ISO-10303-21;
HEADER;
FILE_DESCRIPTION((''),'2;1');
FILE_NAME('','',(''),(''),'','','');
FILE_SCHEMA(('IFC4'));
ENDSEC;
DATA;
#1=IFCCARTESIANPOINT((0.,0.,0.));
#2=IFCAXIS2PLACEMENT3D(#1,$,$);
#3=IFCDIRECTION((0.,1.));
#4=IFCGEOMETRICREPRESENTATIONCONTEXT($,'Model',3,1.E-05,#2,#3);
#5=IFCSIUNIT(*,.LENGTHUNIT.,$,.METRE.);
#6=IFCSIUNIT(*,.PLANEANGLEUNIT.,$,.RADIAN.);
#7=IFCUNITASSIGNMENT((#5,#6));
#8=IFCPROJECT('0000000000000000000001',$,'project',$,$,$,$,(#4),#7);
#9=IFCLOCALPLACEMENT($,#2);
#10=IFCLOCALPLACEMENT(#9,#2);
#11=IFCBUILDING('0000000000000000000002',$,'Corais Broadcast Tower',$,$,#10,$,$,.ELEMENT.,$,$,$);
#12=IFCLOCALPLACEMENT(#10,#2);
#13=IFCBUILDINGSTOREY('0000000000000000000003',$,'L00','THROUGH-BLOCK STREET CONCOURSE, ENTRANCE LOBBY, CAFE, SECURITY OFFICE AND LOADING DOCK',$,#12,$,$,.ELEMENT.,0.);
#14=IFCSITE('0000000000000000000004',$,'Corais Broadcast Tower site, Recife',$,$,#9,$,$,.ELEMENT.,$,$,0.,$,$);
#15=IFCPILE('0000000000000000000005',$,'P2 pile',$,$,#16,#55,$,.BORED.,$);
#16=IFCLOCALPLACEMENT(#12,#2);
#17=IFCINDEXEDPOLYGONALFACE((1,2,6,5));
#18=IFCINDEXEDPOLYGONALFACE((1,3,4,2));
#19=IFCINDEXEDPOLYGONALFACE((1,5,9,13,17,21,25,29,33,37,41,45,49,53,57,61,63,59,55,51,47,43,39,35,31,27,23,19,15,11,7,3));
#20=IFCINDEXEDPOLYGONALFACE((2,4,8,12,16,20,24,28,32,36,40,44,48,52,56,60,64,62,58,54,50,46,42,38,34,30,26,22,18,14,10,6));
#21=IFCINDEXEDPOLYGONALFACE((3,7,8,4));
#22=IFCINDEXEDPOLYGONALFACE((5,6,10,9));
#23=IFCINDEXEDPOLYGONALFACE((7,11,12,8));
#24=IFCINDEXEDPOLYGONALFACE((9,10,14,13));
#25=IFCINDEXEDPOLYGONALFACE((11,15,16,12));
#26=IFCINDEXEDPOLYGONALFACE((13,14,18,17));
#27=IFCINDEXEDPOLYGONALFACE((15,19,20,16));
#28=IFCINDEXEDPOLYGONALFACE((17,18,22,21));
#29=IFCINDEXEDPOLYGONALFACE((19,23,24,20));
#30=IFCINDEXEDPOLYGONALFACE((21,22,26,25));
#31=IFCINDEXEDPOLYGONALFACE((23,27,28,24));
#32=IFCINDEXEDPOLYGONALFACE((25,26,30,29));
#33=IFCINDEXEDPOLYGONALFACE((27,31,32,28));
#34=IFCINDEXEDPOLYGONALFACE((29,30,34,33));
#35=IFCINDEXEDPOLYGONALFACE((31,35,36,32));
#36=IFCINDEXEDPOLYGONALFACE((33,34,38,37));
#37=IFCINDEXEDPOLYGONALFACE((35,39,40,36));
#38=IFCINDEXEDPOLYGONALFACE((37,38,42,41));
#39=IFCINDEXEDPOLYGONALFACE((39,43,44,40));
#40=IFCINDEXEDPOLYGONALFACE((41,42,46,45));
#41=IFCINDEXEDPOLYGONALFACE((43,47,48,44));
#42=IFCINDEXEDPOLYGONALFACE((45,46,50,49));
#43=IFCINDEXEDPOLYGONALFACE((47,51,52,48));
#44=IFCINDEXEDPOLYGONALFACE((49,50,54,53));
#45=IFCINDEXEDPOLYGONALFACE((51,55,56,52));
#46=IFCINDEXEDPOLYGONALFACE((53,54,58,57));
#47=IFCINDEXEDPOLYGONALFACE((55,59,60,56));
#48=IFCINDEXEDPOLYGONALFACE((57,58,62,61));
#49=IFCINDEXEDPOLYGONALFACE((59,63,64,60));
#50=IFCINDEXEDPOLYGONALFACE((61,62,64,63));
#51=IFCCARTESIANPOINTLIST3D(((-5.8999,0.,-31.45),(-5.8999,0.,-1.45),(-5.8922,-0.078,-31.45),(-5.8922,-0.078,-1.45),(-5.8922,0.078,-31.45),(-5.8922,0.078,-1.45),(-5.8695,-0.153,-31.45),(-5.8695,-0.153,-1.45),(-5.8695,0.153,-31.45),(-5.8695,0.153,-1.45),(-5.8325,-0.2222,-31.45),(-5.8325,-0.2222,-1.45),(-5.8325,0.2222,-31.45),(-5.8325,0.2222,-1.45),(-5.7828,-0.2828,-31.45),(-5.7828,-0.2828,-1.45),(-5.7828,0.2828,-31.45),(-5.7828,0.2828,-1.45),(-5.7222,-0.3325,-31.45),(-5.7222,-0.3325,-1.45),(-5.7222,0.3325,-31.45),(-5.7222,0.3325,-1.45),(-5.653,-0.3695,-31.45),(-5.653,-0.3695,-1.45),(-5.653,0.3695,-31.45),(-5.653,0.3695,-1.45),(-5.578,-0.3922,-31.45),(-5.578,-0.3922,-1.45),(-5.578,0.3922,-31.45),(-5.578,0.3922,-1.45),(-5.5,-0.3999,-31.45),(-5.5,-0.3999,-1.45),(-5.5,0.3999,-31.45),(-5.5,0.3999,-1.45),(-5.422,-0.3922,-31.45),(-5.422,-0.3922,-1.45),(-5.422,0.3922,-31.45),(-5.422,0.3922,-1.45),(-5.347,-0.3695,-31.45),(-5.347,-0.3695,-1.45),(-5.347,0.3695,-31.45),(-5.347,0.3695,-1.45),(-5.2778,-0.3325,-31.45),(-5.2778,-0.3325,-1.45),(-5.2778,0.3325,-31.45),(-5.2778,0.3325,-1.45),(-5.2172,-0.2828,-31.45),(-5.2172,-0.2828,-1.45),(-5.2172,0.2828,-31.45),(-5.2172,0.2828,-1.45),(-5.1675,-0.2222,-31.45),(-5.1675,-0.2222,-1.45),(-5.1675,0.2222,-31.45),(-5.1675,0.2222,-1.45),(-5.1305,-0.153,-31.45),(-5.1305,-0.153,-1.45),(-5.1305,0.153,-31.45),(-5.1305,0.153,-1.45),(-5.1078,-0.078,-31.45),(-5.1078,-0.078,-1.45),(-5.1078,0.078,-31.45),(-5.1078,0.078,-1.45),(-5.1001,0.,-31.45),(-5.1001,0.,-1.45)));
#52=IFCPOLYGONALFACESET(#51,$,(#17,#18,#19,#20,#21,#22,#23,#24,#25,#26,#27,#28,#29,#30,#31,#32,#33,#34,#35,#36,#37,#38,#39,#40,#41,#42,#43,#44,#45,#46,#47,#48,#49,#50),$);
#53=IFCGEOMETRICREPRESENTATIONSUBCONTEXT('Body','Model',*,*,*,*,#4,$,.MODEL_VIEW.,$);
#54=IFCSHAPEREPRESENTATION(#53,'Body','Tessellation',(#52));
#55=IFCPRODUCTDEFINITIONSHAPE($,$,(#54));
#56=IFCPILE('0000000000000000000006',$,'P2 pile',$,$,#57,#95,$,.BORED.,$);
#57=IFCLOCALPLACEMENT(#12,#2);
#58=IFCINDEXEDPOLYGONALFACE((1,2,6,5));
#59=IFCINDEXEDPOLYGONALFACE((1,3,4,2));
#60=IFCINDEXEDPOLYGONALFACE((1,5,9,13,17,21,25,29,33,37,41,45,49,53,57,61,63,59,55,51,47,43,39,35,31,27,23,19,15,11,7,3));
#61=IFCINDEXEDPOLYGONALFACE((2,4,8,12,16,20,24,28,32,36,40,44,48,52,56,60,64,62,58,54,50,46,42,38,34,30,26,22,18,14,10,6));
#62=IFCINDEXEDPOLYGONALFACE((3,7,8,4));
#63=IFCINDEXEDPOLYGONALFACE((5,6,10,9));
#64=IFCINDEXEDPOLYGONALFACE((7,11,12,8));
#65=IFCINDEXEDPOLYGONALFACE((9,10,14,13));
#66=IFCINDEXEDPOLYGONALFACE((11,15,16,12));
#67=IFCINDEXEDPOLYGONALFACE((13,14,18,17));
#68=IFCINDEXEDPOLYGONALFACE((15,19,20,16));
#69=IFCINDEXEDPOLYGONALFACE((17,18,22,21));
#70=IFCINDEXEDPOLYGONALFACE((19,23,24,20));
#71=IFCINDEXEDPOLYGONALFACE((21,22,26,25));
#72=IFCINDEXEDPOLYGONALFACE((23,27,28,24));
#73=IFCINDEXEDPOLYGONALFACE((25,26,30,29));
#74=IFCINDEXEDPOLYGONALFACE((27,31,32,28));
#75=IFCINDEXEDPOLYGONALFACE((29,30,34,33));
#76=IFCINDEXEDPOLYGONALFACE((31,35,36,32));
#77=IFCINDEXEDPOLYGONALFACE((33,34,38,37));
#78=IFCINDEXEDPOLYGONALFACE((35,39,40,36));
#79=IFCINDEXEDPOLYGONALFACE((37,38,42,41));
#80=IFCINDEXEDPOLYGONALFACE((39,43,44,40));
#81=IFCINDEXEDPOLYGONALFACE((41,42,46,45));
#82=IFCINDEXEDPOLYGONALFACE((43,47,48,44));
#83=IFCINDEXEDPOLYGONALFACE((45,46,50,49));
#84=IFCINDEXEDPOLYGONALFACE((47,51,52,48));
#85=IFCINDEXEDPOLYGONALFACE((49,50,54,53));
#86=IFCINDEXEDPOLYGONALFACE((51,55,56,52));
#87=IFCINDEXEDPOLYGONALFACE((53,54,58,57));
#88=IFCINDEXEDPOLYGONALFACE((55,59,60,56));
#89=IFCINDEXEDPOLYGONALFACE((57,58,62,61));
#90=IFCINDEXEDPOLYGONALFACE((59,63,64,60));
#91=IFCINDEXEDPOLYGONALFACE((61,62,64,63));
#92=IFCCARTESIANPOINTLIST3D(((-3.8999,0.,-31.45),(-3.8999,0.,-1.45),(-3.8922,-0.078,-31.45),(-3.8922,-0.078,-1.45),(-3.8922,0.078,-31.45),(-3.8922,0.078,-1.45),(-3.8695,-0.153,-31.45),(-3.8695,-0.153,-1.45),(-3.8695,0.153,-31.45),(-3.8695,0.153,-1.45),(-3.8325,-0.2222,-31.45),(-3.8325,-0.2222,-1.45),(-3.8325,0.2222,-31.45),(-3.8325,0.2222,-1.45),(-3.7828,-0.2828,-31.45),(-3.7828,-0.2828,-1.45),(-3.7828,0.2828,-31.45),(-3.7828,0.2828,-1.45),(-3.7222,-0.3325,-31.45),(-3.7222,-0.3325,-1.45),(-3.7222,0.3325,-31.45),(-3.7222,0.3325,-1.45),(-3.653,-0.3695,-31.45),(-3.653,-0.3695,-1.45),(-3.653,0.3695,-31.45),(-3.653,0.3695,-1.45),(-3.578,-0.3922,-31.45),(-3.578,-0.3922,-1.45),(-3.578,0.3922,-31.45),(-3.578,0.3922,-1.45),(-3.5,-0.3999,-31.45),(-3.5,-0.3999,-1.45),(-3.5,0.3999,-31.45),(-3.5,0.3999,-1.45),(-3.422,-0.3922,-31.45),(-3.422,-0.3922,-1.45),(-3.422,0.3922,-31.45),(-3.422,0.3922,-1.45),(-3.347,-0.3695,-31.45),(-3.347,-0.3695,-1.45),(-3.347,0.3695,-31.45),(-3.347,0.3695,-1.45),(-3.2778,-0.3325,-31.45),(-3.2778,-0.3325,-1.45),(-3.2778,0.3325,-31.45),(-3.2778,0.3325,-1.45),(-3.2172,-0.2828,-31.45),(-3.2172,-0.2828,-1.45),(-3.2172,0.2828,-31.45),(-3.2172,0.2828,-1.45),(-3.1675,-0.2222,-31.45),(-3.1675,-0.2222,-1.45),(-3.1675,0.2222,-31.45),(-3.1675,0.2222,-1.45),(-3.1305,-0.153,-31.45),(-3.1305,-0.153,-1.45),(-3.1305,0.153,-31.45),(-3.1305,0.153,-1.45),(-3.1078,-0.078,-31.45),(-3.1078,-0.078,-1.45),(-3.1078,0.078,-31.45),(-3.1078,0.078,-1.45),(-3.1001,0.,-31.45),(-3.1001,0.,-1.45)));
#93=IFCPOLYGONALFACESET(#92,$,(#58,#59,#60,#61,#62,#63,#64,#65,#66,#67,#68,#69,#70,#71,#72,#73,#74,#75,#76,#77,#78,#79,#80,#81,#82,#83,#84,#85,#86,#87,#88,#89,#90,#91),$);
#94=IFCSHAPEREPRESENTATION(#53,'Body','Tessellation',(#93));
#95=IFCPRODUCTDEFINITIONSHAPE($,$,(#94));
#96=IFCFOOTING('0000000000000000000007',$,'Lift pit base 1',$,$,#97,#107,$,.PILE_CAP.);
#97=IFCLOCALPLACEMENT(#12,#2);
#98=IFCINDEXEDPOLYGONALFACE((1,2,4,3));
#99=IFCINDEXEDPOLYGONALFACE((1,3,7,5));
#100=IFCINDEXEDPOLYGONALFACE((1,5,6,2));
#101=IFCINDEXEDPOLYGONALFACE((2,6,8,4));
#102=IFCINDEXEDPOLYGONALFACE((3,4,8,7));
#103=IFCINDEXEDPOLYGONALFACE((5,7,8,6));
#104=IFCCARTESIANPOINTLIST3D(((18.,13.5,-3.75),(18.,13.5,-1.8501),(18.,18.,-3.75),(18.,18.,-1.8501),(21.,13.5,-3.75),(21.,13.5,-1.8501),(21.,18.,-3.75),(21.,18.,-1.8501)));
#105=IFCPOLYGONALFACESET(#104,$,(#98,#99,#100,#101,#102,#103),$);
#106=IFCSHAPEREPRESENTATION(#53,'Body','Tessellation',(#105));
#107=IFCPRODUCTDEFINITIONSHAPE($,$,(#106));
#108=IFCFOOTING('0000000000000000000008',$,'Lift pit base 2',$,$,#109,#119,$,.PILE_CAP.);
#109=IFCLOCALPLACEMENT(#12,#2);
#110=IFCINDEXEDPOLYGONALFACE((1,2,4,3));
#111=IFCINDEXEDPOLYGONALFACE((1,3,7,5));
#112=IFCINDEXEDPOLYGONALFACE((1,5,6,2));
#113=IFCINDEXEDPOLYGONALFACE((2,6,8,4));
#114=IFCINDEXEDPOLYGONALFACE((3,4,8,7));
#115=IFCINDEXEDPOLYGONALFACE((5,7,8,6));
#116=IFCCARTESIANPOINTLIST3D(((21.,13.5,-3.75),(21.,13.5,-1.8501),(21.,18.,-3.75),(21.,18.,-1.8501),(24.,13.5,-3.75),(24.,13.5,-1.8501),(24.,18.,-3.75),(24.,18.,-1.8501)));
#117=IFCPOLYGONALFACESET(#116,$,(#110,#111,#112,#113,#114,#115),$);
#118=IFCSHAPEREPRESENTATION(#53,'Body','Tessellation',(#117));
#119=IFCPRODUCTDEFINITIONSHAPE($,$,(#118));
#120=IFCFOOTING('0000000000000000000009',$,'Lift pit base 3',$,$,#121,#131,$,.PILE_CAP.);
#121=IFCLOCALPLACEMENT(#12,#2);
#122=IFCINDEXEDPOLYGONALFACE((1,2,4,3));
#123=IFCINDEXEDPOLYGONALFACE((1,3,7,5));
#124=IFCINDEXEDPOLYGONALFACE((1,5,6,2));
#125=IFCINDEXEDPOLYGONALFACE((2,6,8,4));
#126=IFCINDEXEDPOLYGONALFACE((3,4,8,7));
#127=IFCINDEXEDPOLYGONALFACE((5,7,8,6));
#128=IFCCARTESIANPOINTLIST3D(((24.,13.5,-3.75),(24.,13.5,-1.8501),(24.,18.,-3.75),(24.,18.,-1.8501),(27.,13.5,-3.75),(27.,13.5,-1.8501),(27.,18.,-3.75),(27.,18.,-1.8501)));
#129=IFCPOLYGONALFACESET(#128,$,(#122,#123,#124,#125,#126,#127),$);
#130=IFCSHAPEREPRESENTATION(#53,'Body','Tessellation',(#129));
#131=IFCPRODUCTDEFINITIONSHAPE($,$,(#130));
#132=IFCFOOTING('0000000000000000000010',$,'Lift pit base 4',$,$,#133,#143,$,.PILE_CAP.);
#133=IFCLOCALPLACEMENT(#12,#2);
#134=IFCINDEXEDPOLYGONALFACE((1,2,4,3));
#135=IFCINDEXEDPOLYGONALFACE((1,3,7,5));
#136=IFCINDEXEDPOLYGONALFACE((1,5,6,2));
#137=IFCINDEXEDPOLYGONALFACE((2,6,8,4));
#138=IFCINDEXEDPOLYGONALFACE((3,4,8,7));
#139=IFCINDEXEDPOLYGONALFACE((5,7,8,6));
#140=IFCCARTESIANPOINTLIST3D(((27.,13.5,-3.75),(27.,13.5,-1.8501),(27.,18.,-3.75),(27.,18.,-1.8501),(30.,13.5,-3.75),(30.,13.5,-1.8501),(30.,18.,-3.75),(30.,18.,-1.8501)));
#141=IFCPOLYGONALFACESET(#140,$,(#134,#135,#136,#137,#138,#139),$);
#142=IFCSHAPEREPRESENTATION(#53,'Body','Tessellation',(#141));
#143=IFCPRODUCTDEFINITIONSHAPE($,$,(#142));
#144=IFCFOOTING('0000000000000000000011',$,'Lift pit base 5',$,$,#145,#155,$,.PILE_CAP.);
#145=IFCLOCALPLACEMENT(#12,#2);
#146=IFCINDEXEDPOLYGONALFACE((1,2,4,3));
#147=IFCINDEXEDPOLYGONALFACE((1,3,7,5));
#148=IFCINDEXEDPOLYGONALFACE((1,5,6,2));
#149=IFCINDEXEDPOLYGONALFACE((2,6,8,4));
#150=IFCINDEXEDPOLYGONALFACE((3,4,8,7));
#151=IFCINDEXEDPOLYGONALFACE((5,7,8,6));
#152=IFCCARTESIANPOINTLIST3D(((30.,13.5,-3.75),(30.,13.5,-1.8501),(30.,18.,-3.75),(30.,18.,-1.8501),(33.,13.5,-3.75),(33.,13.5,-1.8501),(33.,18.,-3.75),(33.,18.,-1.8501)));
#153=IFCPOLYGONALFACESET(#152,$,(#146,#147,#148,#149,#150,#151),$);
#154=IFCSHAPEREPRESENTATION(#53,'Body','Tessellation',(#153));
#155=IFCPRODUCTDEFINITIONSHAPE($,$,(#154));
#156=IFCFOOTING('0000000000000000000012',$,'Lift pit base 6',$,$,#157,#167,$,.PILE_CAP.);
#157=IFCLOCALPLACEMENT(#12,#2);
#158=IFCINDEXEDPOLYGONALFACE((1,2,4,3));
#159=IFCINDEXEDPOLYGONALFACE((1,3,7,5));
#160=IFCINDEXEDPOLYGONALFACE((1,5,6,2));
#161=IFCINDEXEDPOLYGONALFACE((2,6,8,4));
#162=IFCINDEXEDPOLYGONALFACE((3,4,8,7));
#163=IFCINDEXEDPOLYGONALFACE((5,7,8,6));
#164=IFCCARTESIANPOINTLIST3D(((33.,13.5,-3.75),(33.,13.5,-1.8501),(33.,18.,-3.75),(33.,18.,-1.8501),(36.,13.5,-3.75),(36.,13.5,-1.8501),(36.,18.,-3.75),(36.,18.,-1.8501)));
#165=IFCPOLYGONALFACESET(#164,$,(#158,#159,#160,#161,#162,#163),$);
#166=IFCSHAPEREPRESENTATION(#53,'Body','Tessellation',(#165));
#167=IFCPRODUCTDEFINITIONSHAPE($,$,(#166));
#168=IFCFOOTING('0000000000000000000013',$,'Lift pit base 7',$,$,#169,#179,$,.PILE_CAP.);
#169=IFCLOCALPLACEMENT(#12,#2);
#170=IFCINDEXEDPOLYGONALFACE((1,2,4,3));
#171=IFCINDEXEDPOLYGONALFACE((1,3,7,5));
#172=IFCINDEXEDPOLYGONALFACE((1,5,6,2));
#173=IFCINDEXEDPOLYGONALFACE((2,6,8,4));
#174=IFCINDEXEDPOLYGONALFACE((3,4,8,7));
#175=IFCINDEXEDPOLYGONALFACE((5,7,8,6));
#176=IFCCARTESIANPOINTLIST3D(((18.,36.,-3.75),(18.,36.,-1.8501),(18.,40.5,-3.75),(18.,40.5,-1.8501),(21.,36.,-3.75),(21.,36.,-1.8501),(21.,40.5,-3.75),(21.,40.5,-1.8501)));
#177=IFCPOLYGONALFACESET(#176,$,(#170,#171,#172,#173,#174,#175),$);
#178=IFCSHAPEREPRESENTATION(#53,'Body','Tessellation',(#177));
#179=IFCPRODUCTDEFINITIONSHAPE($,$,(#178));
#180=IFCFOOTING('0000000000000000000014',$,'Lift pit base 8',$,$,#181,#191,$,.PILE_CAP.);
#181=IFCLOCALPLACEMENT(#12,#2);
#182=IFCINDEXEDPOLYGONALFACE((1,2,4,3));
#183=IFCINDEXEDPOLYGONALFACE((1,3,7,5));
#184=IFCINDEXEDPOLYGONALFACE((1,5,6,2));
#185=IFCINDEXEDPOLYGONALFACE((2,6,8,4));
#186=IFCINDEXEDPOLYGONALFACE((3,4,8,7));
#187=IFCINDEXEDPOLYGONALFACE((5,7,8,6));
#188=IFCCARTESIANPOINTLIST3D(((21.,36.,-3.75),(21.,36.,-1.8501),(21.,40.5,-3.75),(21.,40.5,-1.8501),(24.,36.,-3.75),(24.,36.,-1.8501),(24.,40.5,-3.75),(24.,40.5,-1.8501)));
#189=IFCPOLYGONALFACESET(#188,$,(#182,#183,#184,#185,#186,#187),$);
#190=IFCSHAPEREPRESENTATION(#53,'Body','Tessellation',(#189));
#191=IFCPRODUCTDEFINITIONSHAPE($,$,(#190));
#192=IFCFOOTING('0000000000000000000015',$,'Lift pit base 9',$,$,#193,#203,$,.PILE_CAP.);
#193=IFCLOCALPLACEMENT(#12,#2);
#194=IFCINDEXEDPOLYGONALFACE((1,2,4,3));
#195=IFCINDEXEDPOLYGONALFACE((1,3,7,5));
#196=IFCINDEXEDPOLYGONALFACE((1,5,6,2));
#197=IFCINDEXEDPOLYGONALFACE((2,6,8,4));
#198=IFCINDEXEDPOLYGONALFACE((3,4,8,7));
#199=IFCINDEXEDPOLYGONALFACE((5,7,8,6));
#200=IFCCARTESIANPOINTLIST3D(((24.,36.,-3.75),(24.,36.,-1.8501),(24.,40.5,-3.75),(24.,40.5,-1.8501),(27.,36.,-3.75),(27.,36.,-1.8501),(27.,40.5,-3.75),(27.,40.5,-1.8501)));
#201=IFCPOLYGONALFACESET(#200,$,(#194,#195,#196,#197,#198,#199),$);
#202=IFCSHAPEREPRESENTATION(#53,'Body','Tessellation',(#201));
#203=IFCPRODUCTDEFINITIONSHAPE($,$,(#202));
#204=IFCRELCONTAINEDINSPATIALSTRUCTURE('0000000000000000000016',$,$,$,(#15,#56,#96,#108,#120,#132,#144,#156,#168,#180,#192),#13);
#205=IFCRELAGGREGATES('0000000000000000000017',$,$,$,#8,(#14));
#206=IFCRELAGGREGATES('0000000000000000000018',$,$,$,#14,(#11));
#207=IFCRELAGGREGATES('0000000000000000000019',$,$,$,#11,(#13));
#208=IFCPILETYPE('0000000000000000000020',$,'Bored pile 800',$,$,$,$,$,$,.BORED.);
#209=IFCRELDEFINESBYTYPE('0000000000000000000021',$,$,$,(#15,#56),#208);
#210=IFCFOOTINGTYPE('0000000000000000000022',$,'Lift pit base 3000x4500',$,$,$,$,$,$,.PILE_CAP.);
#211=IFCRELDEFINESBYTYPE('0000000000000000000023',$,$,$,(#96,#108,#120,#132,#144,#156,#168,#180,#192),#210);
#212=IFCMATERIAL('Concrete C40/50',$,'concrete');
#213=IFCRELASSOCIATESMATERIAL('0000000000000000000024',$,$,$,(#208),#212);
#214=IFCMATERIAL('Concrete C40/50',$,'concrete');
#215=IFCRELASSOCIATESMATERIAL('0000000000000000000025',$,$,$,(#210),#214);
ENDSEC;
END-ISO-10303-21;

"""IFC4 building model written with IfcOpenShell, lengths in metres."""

from ifc_helpers import new_model, si_unit, direction, frame, origin, origin_2d, place, context, subcontext, project, spatial, polyline, circle, outline, extrude, material, type_object, element, save


model = new_model("IFC4")

# Units and contexts
model_context = context("Model", 3, precision=1e-05, world=origin(), true_north=direction((0.0, 1.0)))
body_context = subcontext(model_context, "Body", "Model", "MODEL_VIEW")
ifc_project = project(units=[si_unit("LENGTHUNIT", "METRE"), si_unit("PLANEANGLEUNIT", "RADIAN")], contexts=[model_context])

# Site, building, storey
site_placement = place(None, origin())
site = spatial("IfcSite", under=ifc_project, at=site_placement, Name="Corais Broadcast Tower site, Recife", CompositionType="ELEMENT", RefElevation=0.0)
building_placement = place(site_placement, origin())
building = spatial("IfcBuilding", under=site, at=building_placement, Name="Corais Broadcast Tower", CompositionType="ELEMENT")
storey_placement = place(building_placement, origin())
storey = spatial("IfcBuildingStorey", under=building, at=storey_placement, Name="L00", Description="THROUGH-BLOCK STREET CONCOURSE, ENTRANCE LOBBY, CAFE, SECURITY OFFICE AND LOADING DOCK", CompositionType="ELEMENT", Elevation=0.0)

# Piles
ifc_material_1 = material(Name="Concrete C40/50", Category="concrete")
pile_type = type_object("IfcPileType", Name="Bored pile 800", PredefinedType="BORED", material=ifc_material_1)
for number, where, z_axis, x_axis, name in (
    (1, (-5.5, 0.0, -1.45), (0.0, 0.0, -1.0), (1.0, 0.0, 0.0), "P2 pile"),
    (2, (-3.5, 0.0, -1.45), (0.0, 0.0, -1.0), (1.0, 0.0, 0.0), "P2 pile"),
):
    element("IfcPile", number, at=place(storey_placement, frame(where, z_axis=z_axis, x_axis=x_axis)), inside=storey, type_object=pile_type, Name=name, PredefinedType="BORED", context=body_context, shape_type="SweptSolid", body=[
        extrude(circle(Radius=0.3999, at=origin_2d()), origin(), (0.0, 0.0, 1.0), 30.0),
    ])

# Footings
ifc_material_2 = material(Name="Concrete C40/50", Category="concrete")
footing_type_1 = type_object("IfcFootingType", Name="Lift pit base 3000x4500", PredefinedType="PILE_CAP", material=ifc_material_2)
footing_1_placement = place(storey_placement, frame((0.0, 0.0, -3.75)))
element("IfcFooting", 3, at=footing_1_placement, inside=storey, type_object=footing_type_1, Name="Lift pit base 1", PredefinedType="PILE_CAP", context=body_context, shape_type="SweptSolid", body=[
    extrude(outline(polyline([(18.0, 13.5), (21.0, 13.5), (21.0, 18.0), (18.0, 18.0), (18.0, 13.5)])), origin(), (0.0, 0.0, 1.0), 1.8999),
])
footing_2_placement = place(storey_placement, frame((0.0, 0.0, -3.75)))
element("IfcFooting", 4, at=footing_2_placement, inside=storey, type_object=footing_type_1, Name="Lift pit base 2", PredefinedType="PILE_CAP", context=body_context, shape_type="SweptSolid", body=[
    extrude(outline(polyline([(21.0, 13.5), (24.0, 13.5), (24.0, 18.0), (21.0, 18.0), (21.0, 13.5)])), origin(), (0.0, 0.0, 1.0), 1.8999),
])
footing_3_placement = place(storey_placement, frame((0.0, 0.0, -3.75)))
element("IfcFooting", 5, at=footing_3_placement, inside=storey, type_object=footing_type_1, Name="Lift pit base 3", PredefinedType="PILE_CAP", context=body_context, shape_type="SweptSolid", body=[
    extrude(outline(polyline([(24.0, 13.5), (27.0, 13.5), (27.0, 18.0), (24.0, 18.0), (24.0, 13.5)])), origin(), (0.0, 0.0, 1.0), 1.8999),
])
footing_4_placement = place(storey_placement, frame((0.0, 0.0, -3.75)))
element("IfcFooting", 6, at=footing_4_placement, inside=storey, type_object=footing_type_1, Name="Lift pit base 4", PredefinedType="PILE_CAP", context=body_context, shape_type="SweptSolid", body=[
    extrude(outline(polyline([(27.0, 13.5), (30.0, 13.5), (30.0, 18.0), (27.0, 18.0), (27.0, 13.5)])), origin(), (0.0, 0.0, 1.0), 1.8999),
])
footing_5_placement = place(storey_placement, frame((0.0, 0.0, -3.75)))
element("IfcFooting", 7, at=footing_5_placement, inside=storey, type_object=footing_type_1, Name="Lift pit base 5", PredefinedType="PILE_CAP", context=body_context, shape_type="SweptSolid", body=[
    extrude(outline(polyline([(30.0, 13.5), (33.0, 13.5), (33.0, 18.0), (30.0, 18.0), (30.0, 13.5)])), origin(), (0.0, 0.0, 1.0), 1.8999),
])
footing_6_placement = place(storey_placement, frame((0.0, 0.0, -3.75)))
element("IfcFooting", 8, at=footing_6_placement, inside=storey, type_object=footing_type_1, Name="Lift pit base 6", PredefinedType="PILE_CAP", context=body_context, shape_type="SweptSolid", body=[
    extrude(outline(polyline([(33.0, 13.5), (36.0, 13.5), (36.0, 18.0), (33.0, 18.0), (33.0, 13.5)])), origin(), (0.0, 0.0, 1.0), 1.8999),
])
footing_7_placement = place(storey_placement, frame((0.0, 0.0, -3.75)))
element("IfcFooting", 9, at=footing_7_placement, inside=storey, type_object=footing_type_1, Name="Lift pit base 7", PredefinedType="PILE_CAP", context=body_context, shape_type="SweptSolid", body=[
    extrude(outline(polyline([(18.0, 36.0), (21.0, 36.0), (21.0, 40.5), (18.0, 40.5), (18.0, 36.0)])), origin(), (0.0, 0.0, 1.0), 1.8999),
])
footing_8_placement = place(storey_placement, frame((0.0, 0.0, -3.75)))
element("IfcFooting", 10, at=footing_8_placement, inside=storey, type_object=footing_type_1, Name="Lift pit base 8", PredefinedType="PILE_CAP", context=body_context, shape_type="SweptSolid", body=[
    extrude(outline(polyline([(21.0, 36.0), (24.0, 36.0), (24.0, 40.5), (21.0, 40.5), (21.0, 36.0)])), origin(), (0.0, 0.0, 1.0), 1.8999),
])
footing_9_placement = place(storey_placement, frame((0.0, 0.0, -3.75)))
element("IfcFooting", 11, at=footing_9_placement, inside=storey, type_object=footing_type_1, Name="Lift pit base 9", PredefinedType="PILE_CAP", context=body_context, shape_type="SweptSolid", body=[
    extrude(outline(polyline([(24.0, 36.0), (27.0, 36.0), (27.0, 40.5), (24.0, 40.5), (24.0, 36.0)])), origin(), (0.0, 0.0, 1.0), 1.8999),
])

save(model, "model.ifc")
